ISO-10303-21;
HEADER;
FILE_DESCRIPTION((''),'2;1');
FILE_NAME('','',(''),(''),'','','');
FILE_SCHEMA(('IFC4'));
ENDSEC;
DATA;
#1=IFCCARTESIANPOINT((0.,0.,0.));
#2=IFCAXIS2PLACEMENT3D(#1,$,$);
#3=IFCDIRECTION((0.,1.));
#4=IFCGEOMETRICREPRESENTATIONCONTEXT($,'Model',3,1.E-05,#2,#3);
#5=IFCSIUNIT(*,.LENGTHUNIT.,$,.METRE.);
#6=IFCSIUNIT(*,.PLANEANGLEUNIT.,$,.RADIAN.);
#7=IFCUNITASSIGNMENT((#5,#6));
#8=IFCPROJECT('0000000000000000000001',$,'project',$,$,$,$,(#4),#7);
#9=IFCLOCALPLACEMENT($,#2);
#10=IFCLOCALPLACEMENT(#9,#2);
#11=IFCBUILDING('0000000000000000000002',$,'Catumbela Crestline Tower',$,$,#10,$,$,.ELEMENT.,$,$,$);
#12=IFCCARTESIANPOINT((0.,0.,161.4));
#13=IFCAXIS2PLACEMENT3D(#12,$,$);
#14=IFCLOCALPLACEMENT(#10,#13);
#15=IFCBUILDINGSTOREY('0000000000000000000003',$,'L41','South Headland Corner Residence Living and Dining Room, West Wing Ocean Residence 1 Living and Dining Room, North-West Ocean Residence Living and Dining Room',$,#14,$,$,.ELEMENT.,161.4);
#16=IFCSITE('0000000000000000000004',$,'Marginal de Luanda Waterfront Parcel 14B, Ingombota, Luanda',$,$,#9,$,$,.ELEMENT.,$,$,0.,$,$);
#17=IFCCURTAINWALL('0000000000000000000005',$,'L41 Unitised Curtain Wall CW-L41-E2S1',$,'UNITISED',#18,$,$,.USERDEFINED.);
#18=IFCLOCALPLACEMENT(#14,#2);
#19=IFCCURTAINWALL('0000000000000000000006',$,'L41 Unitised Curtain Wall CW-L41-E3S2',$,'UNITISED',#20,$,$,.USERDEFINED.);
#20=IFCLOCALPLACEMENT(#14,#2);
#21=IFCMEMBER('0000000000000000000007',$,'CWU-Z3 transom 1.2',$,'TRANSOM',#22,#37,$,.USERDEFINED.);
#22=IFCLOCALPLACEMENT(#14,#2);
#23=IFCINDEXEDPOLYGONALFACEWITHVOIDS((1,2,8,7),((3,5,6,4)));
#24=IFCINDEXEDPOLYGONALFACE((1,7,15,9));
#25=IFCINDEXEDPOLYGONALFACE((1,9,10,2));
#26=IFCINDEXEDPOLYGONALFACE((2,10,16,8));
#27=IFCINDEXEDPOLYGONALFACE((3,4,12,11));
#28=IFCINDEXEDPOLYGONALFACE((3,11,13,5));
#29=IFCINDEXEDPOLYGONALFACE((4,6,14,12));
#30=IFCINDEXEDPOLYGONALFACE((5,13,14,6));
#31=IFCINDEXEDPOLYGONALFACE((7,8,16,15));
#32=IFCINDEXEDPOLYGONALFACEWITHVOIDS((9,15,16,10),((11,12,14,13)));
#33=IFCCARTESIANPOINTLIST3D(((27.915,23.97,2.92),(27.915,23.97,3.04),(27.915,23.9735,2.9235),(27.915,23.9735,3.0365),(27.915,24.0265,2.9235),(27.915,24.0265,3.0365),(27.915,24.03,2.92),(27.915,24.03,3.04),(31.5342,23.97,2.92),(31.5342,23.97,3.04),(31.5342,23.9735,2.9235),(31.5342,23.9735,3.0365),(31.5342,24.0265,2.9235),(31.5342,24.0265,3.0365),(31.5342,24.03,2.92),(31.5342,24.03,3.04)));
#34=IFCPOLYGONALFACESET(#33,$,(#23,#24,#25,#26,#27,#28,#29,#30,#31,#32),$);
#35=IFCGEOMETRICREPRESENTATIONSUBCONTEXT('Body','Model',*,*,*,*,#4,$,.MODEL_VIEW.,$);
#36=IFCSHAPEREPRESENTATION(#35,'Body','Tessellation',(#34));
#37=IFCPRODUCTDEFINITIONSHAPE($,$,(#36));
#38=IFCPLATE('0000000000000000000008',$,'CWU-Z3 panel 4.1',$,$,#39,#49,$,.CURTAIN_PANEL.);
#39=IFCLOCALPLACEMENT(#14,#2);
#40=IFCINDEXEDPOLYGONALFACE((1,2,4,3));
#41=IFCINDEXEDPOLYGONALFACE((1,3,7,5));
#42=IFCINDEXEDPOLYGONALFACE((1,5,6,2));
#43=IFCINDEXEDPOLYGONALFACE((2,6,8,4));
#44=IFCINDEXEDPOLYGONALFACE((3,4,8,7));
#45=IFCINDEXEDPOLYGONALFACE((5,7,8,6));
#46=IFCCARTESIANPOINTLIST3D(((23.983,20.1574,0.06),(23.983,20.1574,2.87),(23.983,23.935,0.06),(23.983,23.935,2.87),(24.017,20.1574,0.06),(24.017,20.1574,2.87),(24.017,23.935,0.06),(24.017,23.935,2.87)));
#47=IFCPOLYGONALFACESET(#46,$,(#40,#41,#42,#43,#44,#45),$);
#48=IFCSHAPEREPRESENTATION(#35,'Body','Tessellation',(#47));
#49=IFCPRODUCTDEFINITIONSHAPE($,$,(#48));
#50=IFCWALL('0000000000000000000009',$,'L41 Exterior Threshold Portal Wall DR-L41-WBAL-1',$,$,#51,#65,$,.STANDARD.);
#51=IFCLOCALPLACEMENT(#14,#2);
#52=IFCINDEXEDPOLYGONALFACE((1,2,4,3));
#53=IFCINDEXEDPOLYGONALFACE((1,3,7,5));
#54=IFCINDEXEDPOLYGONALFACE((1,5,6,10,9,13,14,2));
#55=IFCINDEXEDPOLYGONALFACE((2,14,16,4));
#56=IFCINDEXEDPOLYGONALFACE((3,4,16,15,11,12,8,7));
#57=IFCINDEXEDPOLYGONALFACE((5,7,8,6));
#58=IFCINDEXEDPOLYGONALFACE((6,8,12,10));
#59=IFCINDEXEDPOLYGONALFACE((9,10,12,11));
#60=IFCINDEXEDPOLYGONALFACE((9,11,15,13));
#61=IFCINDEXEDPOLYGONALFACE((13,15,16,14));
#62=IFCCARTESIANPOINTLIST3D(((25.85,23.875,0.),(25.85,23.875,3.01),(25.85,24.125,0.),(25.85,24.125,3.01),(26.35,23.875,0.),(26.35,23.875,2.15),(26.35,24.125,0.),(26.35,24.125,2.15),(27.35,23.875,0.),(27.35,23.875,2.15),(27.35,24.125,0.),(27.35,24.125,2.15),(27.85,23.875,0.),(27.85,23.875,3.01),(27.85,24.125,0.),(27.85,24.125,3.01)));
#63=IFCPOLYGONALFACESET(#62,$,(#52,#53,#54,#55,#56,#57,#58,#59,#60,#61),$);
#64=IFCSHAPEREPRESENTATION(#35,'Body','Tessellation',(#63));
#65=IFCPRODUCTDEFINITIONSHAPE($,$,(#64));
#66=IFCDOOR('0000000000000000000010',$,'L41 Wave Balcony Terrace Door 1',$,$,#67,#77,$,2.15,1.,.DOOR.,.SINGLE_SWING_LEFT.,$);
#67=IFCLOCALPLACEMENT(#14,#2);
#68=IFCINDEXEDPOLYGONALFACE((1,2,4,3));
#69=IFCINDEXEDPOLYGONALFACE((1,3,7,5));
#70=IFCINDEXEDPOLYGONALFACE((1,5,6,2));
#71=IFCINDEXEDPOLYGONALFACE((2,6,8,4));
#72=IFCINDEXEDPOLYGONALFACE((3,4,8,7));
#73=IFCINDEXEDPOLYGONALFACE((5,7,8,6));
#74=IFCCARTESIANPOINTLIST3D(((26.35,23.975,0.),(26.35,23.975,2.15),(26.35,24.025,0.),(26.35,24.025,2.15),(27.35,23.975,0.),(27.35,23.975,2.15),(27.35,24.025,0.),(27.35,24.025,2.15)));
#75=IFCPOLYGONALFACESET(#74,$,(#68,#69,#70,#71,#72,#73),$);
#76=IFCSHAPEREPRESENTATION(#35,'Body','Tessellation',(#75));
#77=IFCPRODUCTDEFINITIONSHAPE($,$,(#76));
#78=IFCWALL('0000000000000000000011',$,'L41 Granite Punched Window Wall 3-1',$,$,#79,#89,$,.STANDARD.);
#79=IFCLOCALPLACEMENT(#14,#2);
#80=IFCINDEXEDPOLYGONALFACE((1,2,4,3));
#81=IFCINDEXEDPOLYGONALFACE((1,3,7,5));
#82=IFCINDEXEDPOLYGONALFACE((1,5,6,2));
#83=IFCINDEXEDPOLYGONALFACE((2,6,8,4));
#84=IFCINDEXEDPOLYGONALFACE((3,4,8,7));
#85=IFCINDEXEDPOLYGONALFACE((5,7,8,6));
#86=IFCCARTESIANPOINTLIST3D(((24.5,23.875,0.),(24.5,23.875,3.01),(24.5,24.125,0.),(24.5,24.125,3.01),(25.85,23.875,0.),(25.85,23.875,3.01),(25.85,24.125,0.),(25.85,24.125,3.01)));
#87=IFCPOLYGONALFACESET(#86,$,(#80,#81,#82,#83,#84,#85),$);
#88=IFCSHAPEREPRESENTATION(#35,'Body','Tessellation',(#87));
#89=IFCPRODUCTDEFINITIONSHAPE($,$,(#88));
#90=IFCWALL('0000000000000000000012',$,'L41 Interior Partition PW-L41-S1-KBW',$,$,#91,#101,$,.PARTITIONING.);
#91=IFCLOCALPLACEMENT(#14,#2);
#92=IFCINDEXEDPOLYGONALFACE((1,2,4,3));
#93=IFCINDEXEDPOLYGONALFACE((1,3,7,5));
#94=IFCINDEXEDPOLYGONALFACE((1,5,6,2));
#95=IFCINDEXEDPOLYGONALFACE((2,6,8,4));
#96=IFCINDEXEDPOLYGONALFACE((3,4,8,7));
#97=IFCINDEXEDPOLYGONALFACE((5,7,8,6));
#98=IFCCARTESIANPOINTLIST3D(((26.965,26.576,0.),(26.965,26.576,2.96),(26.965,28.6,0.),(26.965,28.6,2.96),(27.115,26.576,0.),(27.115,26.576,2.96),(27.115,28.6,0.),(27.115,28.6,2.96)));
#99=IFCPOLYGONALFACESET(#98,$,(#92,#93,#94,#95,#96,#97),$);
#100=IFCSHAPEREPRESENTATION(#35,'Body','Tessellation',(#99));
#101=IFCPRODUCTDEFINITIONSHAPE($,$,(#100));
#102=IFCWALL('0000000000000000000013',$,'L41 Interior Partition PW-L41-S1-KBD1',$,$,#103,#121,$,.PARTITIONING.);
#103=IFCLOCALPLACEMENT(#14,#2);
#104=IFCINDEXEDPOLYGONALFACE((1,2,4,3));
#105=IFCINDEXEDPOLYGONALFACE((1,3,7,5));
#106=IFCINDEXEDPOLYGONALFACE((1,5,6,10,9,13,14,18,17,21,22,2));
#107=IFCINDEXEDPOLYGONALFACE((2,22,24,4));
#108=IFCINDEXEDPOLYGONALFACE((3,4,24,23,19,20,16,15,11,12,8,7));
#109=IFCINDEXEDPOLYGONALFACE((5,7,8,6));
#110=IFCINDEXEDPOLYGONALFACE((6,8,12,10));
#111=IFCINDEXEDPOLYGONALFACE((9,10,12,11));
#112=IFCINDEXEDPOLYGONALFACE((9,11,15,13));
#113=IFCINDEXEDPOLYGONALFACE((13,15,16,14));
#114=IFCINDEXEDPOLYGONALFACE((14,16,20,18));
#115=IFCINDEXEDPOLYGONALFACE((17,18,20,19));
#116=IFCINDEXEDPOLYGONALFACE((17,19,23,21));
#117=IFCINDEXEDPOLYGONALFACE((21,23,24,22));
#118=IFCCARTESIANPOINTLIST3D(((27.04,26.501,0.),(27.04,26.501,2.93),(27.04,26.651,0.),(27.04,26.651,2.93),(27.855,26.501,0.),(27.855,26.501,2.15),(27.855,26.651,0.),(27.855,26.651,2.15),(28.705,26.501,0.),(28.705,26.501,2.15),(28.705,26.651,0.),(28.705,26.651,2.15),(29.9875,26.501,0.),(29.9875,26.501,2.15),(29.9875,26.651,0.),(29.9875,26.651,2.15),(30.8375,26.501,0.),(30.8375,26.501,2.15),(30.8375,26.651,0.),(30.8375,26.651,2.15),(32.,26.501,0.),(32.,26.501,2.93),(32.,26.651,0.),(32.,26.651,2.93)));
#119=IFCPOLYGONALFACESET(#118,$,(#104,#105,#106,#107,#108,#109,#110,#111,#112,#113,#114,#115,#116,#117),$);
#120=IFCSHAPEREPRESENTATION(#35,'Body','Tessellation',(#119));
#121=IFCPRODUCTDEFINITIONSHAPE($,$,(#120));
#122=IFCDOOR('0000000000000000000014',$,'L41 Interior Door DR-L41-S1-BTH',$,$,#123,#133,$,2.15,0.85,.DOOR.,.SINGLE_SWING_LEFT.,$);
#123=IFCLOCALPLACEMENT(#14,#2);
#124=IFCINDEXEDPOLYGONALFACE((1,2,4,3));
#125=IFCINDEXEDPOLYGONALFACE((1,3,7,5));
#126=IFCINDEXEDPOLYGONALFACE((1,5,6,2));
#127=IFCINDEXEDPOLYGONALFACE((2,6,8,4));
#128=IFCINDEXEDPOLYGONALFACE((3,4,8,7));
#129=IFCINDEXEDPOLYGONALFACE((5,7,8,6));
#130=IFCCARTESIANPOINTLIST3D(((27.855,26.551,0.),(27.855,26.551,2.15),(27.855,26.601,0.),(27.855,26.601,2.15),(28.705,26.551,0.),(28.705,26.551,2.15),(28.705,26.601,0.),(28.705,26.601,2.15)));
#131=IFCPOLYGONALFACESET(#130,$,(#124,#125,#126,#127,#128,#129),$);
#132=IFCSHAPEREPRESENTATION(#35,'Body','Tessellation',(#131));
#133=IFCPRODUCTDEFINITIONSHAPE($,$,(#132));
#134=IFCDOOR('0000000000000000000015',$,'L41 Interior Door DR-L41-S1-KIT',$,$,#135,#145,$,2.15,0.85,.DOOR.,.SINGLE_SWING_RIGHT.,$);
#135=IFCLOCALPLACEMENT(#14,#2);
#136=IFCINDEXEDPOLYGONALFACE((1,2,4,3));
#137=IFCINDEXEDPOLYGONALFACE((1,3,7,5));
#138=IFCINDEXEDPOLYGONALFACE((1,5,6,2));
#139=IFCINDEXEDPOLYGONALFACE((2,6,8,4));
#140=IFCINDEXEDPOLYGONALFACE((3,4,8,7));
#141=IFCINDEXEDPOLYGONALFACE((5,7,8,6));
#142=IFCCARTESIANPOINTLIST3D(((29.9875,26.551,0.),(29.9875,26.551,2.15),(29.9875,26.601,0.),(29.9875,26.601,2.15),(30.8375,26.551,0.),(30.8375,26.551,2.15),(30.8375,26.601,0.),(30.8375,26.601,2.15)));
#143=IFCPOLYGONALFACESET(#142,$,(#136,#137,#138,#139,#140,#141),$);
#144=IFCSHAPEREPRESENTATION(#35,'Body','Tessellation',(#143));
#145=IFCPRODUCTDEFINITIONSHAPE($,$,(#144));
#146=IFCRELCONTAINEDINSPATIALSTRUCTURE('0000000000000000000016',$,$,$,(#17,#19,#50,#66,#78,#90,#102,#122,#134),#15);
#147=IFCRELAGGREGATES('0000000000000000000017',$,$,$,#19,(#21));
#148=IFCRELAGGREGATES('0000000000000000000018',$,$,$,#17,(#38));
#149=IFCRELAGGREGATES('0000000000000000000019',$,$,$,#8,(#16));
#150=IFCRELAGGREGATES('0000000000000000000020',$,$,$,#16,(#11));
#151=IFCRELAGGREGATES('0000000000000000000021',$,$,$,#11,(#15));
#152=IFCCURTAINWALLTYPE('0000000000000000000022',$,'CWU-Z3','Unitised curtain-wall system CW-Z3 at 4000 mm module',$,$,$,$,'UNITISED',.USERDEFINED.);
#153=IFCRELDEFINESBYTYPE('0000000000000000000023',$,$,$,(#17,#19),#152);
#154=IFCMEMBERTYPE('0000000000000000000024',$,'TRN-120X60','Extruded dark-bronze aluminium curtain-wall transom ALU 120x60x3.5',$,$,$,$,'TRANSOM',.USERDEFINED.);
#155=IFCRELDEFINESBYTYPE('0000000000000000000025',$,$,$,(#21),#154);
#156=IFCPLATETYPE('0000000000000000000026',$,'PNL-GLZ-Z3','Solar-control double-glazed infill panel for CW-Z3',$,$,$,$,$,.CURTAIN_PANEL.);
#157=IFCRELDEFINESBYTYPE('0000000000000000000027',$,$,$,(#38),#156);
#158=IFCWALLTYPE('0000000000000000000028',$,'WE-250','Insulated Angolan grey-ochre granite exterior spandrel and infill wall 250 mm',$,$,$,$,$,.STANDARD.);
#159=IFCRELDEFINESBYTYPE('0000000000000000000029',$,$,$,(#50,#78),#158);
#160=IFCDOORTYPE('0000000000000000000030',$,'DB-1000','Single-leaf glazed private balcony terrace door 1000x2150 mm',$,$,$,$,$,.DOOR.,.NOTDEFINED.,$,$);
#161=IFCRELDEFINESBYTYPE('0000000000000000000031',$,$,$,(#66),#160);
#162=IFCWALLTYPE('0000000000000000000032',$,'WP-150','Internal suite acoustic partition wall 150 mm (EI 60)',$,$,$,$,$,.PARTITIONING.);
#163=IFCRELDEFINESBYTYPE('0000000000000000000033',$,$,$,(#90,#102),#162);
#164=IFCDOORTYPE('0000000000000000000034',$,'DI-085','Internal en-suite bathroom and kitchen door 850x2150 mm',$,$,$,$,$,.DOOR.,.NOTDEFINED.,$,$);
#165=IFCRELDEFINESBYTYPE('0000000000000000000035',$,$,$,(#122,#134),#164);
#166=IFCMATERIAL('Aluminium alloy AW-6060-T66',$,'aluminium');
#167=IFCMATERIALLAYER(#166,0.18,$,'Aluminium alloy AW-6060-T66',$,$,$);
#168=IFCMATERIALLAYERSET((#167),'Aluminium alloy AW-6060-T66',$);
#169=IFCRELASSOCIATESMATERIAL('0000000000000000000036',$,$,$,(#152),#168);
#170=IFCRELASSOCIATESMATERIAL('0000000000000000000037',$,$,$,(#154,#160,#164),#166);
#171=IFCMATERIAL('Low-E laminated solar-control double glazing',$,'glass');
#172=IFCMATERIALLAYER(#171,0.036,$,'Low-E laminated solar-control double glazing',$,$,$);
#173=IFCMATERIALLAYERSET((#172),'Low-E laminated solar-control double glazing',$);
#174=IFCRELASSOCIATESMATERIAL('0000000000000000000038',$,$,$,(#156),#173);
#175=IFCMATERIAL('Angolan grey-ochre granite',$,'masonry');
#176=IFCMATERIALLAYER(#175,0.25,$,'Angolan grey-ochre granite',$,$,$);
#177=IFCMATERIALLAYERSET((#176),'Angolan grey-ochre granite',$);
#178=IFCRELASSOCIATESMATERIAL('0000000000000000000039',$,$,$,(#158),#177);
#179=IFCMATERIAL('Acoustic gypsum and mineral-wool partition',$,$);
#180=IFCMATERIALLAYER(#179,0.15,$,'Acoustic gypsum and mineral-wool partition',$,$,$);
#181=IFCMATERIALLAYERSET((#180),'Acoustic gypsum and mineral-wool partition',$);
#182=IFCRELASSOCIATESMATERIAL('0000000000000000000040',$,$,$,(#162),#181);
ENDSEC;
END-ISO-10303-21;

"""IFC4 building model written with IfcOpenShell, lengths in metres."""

from ifc_helpers import new_model, si_unit, direction, frame, frame_2d, origin, origin_2d, place, context, subcontext, project, spatial, rectangle, hollow_rectangle, extrude, material, layer, layer_set, material_profile, profile_set, type_object, element, fill, aggregate, save


model = new_model("IFC4")

# Units and contexts
model_context = context("Model", 3, precision=1e-05, world=origin(), true_north=direction((0.0, 1.0)))
body_context = subcontext(model_context, "Body", "Model", "MODEL_VIEW")
ifc_project = project(units=[si_unit("LENGTHUNIT", "METRE"), si_unit("PLANEANGLEUNIT", "RADIAN")], contexts=[model_context])

# Site, building, storey
site_placement = place(None, origin())
site = spatial("IfcSite", under=ifc_project, at=site_placement, Name="Marginal de Luanda Waterfront Parcel 14B, Ingombota, Luanda", CompositionType="ELEMENT", RefElevation=0.0)
building_placement = place(site_placement, origin())
building = spatial("IfcBuilding", under=site, at=building_placement, Name="Catumbela Crestline Tower", CompositionType="ELEMENT")
storey_placement = place(building_placement, frame((0.0, 0.0, 161.4)))
storey = spatial("IfcBuildingStorey", under=building, at=storey_placement, Name="L41", Description="South Headland Corner Residence Living and Dining Room, West Wing Ocean Residence 1 Living and Dining Room, North-West Ocean Residence Living and Dining Room", CompositionType="ELEMENT", Elevation=161.4)

# Curtain walls
ifc_material_1 = material(Name="Aluminium alloy AW-6060-T66", Category="aluminium")
ifc_layer_1 = layer(ifc_material_1, 0.18, Name="Aluminium alloy AW-6060-T66")
ifc_layer_set_1 = layer_set([ifc_layer_1], Name="Aluminium alloy AW-6060-T66")
curtain_wall_type = type_object("IfcCurtainWallType", Name="CWU-Z3", Description="Unitised curtain-wall system CW-Z3 at 4000 mm module", ElementType="UNITISED", PredefinedType="USERDEFINED", material=ifc_layer_set_1)
curtain_wall_1_placement = place(storey_placement, origin())
curtain_wall_1 = element("IfcCurtainWall", 1, at=curtain_wall_1_placement, inside=storey, type_object=curtain_wall_type, Name="L41 Unitised Curtain Wall CW-L41-E2S1", ObjectType="UNITISED", PredefinedType="USERDEFINED")
curtain_wall_2_placement = place(storey_placement, origin())
curtain_wall_2 = element("IfcCurtainWall", 2, at=curtain_wall_2_placement, inside=storey, type_object=curtain_wall_type, Name="L41 Unitised Curtain Wall CW-L41-E3S2", ObjectType="UNITISED", PredefinedType="USERDEFINED")

# Member
ifc_material_profile_1 = material_profile(ifc_material_1, hollow_rectangle(XDim=0.06, YDim=0.12, WallThickness=0.0035, at=origin_2d()), Name="ALU 120x60x3.5")
ifc_profile_set_1 = profile_set([ifc_material_profile_1], Name="Aluminium alloy AW-6060-T66")
member_type_1 = type_object("IfcMemberType", Name="TRN-120X60", Description="Extruded dark-bronze aluminium curtain-wall transom ALU 120x60x3.5", ElementType="TRANSOM", PredefinedType="USERDEFINED", material=ifc_profile_set_1)
member_1_placement = place(storey_placement, frame((27.915, 24.0, 2.98), z_axis=(1.0, 0.0, 0.0), x_axis=(0.0, 1.0, 0.0)))
member_1 = element("IfcMember", 3, at=member_1_placement, type_object=member_type_1, Name="CWU-Z3 transom 1.2", ObjectType="TRANSOM", PredefinedType="USERDEFINED", context=body_context, shape_type="SweptSolid", body=[
    extrude(hollow_rectangle(XDim=0.06, YDim=0.12, WallThickness=0.0035, at=origin_2d()), origin(), (0.0, 0.0, 1.0), 3.6192),
])
aggregate(curtain_wall_2, [member_1])

# Plate
ifc_material_2 = material(Name="Low-E laminated solar-control double glazing", Category="glass")
ifc_layer_2 = layer(ifc_material_2, 0.036, Name="Low-E laminated solar-control double glazing")
ifc_layer_set_2 = layer_set([ifc_layer_2], Name="Low-E laminated solar-control double glazing")
plate_type = type_object("IfcPlateType", Name="PNL-GLZ-Z3", Description="Solar-control double-glazed infill panel for CW-Z3", PredefinedType="CURTAIN_PANEL", material=ifc_layer_set_2)
plate_placement = place(storey_placement, frame((24.0, 22.0462, 0.06), z_axis=(0.0, 0.0, 1.0), x_axis=(0.0, 1.0, 0.0)))
plate = element("IfcPlate", 4, at=plate_placement, type_object=plate_type, Name="CWU-Z3 panel 4.1", PredefinedType="CURTAIN_PANEL", context=body_context, shape_type="SweptSolid", body=[
    extrude(rectangle(XDim=3.7775, YDim=0.034, at=origin_2d()), origin(), (0.0, 0.0, 1.0), 2.81),
])
aggregate(curtain_wall_1, [plate])

# Wall, opening, door
ifc_material_3 = material(Name="Angolan grey-ochre granite", Category="masonry")
ifc_layer_3 = layer(ifc_material_3, 0.25, Name="Angolan grey-ochre granite")
ifc_layer_set_3 = layer_set([ifc_layer_3], Name="Angolan grey-ochre granite")
wall_type_1 = type_object("IfcWallType", Name="WE-250", Description="Insulated Angolan grey-ochre granite exterior spandrel and infill wall 250 mm", PredefinedType="STANDARD", material=ifc_layer_set_3)
wall_1_placement = place(storey_placement, frame((25.85, 24.0, 0.0), z_axis=(0.0, 0.0, 1.0), x_axis=(1.0, 0.0, 0.0)))
wall_1 = element("IfcWall", 5, at=wall_1_placement, inside=storey, type_object=wall_type_1, Name="L41 Exterior Threshold Portal Wall DR-L41-WBAL-1", PredefinedType="STANDARD", context=body_context, shape_type="SweptSolid", body=[
    extrude(rectangle(XDim=2.0, YDim=0.25, at=frame_2d((1.0, 0.0))), origin(), (0.0, 0.0, 1.0), 3.01),
])
opening_1_placement = place(wall_1_placement, frame((0.5, 0.0, 0.0)))
opening_1 = element("IfcOpeningElement", 6, at=opening_1_placement, cuts=wall_1, PredefinedType="OPENING", context=body_context, shape_type="SweptSolid", body=[
    extrude(rectangle(XDim=1.0, YDim=2.15, at=frame_2d((0.5, 1.075))), frame((0.0, 0.135, 0.0), z_axis=(0.0, -1.0, 0.0), x_axis=(1.0, 0.0, 0.0)), (0.0, 0.0, 1.0), 0.27),
])
door_type_1 = type_object("IfcDoorType", Name="DB-1000", Description="Single-leaf glazed private balcony terrace door 1000x2150 mm", OperationType="NOTDEFINED", PredefinedType="DOOR", material=ifc_material_1)
door_1_placement = place(opening_1_placement, origin())
door_1 = element("IfcDoor", 7, at=door_1_placement, inside=storey, type_object=door_type_1, Name="L41 Wave Balcony Terrace Door 1", OperationType="SINGLE_SWING_LEFT", OverallHeight=2.15, OverallWidth=1.0, PredefinedType="DOOR", context=body_context, shape_type="SweptSolid", body=[
    extrude(rectangle(XDim=1.0, YDim=2.15, at=frame_2d((0.5, 1.075))), frame((0.0, 0.025, 0.0), z_axis=(0.0, -1.0, 0.0), x_axis=(1.0, 0.0, 0.0)), (0.0, 0.0, 1.0), 0.05),
])
fill(opening_1, door_1)

# Walls
wall_2_placement = place(storey_placement, frame((24.5, 24.0, 0.0), z_axis=(0.0, 0.0, 1.0), x_axis=(1.0, 0.0, 0.0)))
element("IfcWall", 8, at=wall_2_placement, inside=storey, type_object=wall_type_1, Name="L41 Granite Punched Window Wall 3-1", PredefinedType="STANDARD", context=body_context, shape_type="SweptSolid", body=[
    extrude(rectangle(XDim=1.35, YDim=0.25, at=frame_2d((0.675, 0.0))), origin(), (0.0, 0.0, 1.0), 3.01),
])
ifc_material_4 = material(Name="Acoustic gypsum and mineral-wool partition")
ifc_layer_4 = layer(ifc_material_4, 0.15, Name="Acoustic gypsum and mineral-wool partition")
ifc_layer_set_4 = layer_set([ifc_layer_4], Name="Acoustic gypsum and mineral-wool partition")
wall_type_2 = type_object("IfcWallType", Name="WP-150", Description="Internal suite acoustic partition wall 150 mm (EI 60)", PredefinedType="PARTITIONING", material=ifc_layer_set_4)
wall_3_placement = place(storey_placement, frame((27.04, 26.576, 0.0), z_axis=(0.0, 0.0, 1.0), x_axis=(0.0, 1.0, 0.0)))
element("IfcWall", 9, at=wall_3_placement, inside=storey, type_object=wall_type_2, Name="L41 Interior Partition PW-L41-S1-KBW", PredefinedType="PARTITIONING", context=body_context, shape_type="SweptSolid", body=[
    extrude(rectangle(XDim=2.024, YDim=0.15, at=frame_2d((1.012, 0.0))), origin(), (0.0, 0.0, 1.0), 2.96),
])

# Wall, openings, doors
wall_4_placement = place(storey_placement, frame((27.04, 26.576, 0.0), z_axis=(0.0, 0.0, 1.0), x_axis=(1.0, 0.0, 0.0)))
wall_4 = element("IfcWall", 10, at=wall_4_placement, inside=storey, type_object=wall_type_2, Name="L41 Interior Partition PW-L41-S1-KBD1", PredefinedType="PARTITIONING", context=body_context, shape_type="SweptSolid", body=[
    extrude(rectangle(XDim=4.96, YDim=0.15, at=frame_2d((2.48, 0.0))), origin(), (0.0, 0.0, 1.0), 2.93),
])
opening_2_placement = place(wall_4_placement, frame((0.815, 0.0, 0.0)))
opening_2 = element("IfcOpeningElement", 11, at=opening_2_placement, cuts=wall_4, PredefinedType="OPENING", context=body_context, shape_type="SweptSolid", body=[
    extrude(rectangle(XDim=0.85, YDim=2.15, at=frame_2d((0.425, 1.075))), frame((0.0, 0.085, 0.0), z_axis=(0.0, -1.0, 0.0), x_axis=(1.0, 0.0, 0.0)), (0.0, 0.0, 1.0), 0.17),
])
opening_3_placement = place(wall_4_placement, frame((2.9475, 0.0, 0.0)))
opening_3 = element("IfcOpeningElement", 12, at=opening_3_placement, cuts=wall_4, PredefinedType="OPENING", context=body_context, shape_type="SweptSolid", body=[
    extrude(rectangle(XDim=0.85, YDim=2.15, at=frame_2d((0.425, 1.075))), frame((0.0, 0.085, 0.0), z_axis=(0.0, -1.0, 0.0), x_axis=(1.0, 0.0, 0.0)), (0.0, 0.0, 1.0), 0.17),
])
door_type_2 = type_object("IfcDoorType", Name="DI-085", Description="Internal en-suite bathroom and kitchen door 850x2150 mm", OperationType="NOTDEFINED", PredefinedType="DOOR", material=ifc_material_1)
door_2_placement = place(opening_2_placement, origin())
door_2 = element("IfcDoor", 13, at=door_2_placement, inside=storey, type_object=door_type_2, Name="L41 Interior Door DR-L41-S1-BTH", OperationType="SINGLE_SWING_LEFT", OverallHeight=2.15, OverallWidth=0.85, PredefinedType="DOOR", context=body_context, shape_type="SweptSolid", body=[
    extrude(rectangle(XDim=0.85, YDim=2.15, at=frame_2d((0.425, 1.075))), frame((0.0, 0.025, 0.0), z_axis=(0.0, -1.0, 0.0), x_axis=(1.0, 0.0, 0.0)), (0.0, 0.0, 1.0), 0.05),
])
fill(opening_2, door_2)
door_3_placement = place(opening_3_placement, origin())
door_3 = element("IfcDoor", 14, at=door_3_placement, inside=storey, type_object=door_type_2, Name="L41 Interior Door DR-L41-S1-KIT", OperationType="SINGLE_SWING_RIGHT", OverallHeight=2.15, OverallWidth=0.85, PredefinedType="DOOR", context=body_context, shape_type="SweptSolid", body=[
    extrude(rectangle(XDim=0.85, YDim=2.15, at=frame_2d((0.425, 1.075))), frame((0.0, 0.025, 0.0), z_axis=(0.0, -1.0, 0.0), x_axis=(1.0, 0.0, 0.0)), (0.0, 0.0, 1.0), 0.05),
])
fill(opening_3, door_3)

save(model, "model.ifc")
